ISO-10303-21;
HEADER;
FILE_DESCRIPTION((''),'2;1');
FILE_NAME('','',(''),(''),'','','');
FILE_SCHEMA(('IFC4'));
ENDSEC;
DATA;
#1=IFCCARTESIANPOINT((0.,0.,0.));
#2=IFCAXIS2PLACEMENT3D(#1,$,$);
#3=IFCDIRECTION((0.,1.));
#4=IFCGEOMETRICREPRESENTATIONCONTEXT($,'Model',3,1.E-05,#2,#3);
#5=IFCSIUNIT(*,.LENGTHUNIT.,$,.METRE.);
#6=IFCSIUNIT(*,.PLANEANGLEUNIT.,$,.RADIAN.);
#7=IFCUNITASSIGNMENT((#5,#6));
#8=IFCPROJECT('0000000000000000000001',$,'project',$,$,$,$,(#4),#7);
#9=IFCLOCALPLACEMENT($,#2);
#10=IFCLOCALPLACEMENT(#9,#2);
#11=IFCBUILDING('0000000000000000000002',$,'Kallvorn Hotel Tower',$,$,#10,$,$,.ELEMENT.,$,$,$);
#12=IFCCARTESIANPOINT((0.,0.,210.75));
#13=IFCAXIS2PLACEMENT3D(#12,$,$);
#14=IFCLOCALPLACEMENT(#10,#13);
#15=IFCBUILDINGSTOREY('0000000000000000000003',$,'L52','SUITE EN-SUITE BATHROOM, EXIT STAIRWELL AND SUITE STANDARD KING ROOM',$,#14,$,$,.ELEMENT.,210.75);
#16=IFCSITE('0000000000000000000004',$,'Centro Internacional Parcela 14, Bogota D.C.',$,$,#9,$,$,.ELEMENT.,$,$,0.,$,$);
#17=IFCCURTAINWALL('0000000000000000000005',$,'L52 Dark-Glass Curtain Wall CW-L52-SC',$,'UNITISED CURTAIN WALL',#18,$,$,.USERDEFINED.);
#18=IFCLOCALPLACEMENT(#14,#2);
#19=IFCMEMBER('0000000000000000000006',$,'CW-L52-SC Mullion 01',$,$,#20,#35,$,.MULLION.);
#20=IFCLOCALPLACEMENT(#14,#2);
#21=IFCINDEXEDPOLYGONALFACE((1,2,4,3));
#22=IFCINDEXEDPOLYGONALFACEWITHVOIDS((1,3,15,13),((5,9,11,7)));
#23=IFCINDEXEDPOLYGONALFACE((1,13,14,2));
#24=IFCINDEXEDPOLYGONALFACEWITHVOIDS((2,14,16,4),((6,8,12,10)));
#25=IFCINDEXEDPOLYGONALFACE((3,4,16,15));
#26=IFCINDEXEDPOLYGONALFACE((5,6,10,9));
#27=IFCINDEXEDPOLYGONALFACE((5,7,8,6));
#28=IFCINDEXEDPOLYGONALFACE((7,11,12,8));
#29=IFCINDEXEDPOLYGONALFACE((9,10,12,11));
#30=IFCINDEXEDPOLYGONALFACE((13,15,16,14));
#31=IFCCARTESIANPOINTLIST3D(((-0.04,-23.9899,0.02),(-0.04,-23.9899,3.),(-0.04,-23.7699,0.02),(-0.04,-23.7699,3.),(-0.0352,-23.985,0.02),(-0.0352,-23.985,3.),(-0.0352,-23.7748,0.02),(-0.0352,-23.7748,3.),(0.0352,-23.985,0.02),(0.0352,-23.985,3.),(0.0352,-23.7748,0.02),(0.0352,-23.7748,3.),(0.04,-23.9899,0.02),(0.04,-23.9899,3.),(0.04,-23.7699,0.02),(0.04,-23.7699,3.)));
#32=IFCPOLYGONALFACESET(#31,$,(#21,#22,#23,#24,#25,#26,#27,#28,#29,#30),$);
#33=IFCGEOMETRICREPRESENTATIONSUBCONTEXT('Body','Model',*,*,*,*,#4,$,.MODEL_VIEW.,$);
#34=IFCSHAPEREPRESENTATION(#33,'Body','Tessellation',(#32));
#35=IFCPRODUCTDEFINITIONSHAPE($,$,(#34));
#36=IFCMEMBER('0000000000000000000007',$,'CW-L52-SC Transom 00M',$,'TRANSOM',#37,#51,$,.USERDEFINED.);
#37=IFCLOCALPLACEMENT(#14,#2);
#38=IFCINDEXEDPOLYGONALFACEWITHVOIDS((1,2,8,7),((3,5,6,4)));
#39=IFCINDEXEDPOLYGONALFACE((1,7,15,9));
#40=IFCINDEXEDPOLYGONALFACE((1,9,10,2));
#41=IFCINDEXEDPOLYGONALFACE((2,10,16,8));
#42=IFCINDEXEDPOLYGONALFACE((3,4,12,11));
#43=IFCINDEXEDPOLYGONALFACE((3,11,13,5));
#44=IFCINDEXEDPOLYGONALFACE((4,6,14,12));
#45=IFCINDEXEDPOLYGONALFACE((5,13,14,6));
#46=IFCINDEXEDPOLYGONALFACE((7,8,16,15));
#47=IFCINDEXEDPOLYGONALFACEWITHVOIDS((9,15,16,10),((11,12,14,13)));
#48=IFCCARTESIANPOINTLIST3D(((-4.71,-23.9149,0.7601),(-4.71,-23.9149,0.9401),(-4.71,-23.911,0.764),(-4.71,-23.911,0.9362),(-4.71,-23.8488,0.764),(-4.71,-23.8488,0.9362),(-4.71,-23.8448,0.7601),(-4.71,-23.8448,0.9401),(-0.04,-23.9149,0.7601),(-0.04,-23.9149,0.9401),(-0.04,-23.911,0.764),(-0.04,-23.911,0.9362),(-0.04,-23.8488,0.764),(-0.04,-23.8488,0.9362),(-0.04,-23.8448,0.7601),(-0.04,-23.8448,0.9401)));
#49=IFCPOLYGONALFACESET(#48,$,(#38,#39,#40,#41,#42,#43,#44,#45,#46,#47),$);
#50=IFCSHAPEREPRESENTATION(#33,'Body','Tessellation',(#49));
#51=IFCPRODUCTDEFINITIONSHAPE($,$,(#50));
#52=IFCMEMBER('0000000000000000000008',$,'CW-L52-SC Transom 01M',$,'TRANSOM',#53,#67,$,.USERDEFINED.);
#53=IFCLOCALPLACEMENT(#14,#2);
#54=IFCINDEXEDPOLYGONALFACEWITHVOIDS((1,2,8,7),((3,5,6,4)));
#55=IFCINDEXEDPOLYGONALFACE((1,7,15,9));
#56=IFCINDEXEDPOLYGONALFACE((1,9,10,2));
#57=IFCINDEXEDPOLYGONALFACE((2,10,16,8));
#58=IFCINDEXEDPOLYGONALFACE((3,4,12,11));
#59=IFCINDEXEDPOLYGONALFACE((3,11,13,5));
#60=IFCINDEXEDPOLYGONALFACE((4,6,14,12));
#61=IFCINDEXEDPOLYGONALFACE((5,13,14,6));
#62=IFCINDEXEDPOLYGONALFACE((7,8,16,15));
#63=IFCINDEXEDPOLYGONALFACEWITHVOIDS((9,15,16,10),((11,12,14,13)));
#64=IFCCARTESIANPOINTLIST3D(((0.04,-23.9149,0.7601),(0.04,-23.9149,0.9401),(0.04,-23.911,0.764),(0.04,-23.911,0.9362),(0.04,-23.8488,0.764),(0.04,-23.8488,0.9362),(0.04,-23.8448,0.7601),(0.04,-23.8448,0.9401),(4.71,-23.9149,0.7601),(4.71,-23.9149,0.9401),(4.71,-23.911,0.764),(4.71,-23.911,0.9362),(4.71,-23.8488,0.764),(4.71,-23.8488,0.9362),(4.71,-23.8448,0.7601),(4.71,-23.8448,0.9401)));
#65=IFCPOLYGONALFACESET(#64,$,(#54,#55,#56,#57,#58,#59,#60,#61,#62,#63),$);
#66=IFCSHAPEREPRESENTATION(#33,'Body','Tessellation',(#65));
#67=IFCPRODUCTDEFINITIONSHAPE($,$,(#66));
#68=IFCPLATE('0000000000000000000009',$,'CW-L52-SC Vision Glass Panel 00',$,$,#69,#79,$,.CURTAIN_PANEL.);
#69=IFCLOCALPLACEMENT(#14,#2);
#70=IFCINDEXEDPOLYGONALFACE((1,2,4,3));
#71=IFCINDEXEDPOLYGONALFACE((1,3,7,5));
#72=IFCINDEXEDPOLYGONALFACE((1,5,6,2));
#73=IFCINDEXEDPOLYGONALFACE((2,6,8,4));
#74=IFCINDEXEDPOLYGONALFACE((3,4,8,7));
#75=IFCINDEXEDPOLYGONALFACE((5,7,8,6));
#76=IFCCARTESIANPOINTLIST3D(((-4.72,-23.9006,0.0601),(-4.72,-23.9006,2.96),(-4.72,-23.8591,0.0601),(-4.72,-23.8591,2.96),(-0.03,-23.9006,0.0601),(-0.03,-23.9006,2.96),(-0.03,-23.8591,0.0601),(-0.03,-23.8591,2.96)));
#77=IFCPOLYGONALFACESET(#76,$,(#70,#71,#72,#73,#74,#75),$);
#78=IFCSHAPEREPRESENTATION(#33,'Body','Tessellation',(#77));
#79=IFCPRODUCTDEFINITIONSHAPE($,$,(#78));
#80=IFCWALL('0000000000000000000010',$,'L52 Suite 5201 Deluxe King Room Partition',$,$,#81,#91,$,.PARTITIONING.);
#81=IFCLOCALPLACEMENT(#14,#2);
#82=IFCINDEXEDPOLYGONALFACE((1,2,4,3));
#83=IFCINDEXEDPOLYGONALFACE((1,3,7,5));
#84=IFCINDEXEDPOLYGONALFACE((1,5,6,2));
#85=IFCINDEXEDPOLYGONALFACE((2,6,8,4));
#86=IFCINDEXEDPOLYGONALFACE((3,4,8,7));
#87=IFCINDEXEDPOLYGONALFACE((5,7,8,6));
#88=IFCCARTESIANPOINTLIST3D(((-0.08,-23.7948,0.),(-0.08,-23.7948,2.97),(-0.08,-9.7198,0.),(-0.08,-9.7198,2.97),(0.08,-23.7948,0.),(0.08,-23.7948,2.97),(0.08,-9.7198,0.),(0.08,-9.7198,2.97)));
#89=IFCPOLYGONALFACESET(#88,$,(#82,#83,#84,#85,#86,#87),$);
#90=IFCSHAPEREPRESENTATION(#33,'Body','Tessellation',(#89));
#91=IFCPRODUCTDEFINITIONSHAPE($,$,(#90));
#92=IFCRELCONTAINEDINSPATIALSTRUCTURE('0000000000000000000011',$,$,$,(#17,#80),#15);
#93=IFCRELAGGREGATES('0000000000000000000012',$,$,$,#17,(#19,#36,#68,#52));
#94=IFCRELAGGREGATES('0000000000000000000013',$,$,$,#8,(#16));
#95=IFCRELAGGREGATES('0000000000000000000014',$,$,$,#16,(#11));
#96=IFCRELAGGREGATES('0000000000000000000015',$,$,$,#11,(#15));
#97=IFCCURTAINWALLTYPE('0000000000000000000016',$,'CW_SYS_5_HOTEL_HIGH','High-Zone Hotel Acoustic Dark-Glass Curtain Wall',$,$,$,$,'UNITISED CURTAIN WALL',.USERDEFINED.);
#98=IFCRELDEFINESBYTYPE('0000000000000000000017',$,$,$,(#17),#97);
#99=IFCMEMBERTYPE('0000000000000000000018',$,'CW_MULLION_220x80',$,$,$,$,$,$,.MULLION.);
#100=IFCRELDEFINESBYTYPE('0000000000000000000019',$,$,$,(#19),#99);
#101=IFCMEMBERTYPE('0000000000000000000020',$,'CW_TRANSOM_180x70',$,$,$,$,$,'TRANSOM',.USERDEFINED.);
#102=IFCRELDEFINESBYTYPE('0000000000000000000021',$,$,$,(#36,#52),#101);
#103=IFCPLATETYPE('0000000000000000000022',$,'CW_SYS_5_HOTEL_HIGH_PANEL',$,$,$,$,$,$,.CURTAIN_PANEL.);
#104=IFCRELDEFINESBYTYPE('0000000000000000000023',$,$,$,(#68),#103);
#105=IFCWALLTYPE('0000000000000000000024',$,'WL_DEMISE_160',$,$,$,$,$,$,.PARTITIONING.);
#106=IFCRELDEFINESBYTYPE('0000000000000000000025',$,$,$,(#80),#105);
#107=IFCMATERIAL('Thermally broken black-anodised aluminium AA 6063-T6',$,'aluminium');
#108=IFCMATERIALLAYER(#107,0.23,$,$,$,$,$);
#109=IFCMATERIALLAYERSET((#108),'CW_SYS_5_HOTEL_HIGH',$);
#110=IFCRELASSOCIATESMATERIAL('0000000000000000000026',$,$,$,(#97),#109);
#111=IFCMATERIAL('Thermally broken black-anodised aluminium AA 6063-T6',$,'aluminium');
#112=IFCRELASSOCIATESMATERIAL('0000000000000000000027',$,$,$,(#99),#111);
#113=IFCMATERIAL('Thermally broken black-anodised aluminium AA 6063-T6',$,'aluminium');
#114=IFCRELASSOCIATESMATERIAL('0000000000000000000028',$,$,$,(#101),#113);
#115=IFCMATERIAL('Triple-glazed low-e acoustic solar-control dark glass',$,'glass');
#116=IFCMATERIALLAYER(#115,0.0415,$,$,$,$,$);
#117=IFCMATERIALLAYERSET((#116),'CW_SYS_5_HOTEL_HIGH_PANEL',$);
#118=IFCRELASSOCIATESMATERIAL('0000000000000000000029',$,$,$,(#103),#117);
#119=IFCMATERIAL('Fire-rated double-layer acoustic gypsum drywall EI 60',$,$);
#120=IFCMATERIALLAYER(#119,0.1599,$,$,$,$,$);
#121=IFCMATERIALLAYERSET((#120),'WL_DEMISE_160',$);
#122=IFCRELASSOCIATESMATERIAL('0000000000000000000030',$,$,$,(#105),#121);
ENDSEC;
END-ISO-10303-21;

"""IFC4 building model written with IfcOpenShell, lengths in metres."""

from ifc_helpers import new_model, si_unit, direction, frame, frame_2d, origin, origin_2d, place, context, subcontext, project, spatial, rectangle, hollow_rectangle, extrude, material, layer, layer_set, material_profile, profile_set, type_object, element, aggregate, save


model = new_model("IFC4")

# Units and contexts
model_context = context("Model", 3, precision=1e-05, world=origin(), true_north=direction((0.0, 1.0)))
body_context = subcontext(model_context, "Body", "Model", "MODEL_VIEW")
ifc_project = project(units=[si_unit("LENGTHUNIT", "METRE"), si_unit("PLANEANGLEUNIT", "RADIAN")], contexts=[model_context])

# Site, building, storey
site_placement = place(None, origin())
site = spatial("IfcSite", under=ifc_project, at=site_placement, Name="Centro Internacional Parcela 14, Bogota D.C.", CompositionType="ELEMENT", RefElevation=0.0)
building_placement = place(site_placement, origin())
building = spatial("IfcBuilding", under=site, at=building_placement, Name="Kallvorn Hotel Tower", CompositionType="ELEMENT")
storey_placement = place(building_placement, frame((0.0, 0.0, 210.75)))
storey = spatial("IfcBuildingStorey", under=building, at=storey_placement, Name="L52", Description="SUITE EN-SUITE BATHROOM, EXIT STAIRWELL AND SUITE STANDARD KING ROOM", CompositionType="ELEMENT", Elevation=210.75)

# Curtain wall, members, plate
ifc_material_1 = material(Name="Thermally broken black-anodised aluminium AA 6063-T6", Category="aluminium")
ifc_layer_1 = layer(ifc_material_1, 0.23)
ifc_layer_set_1 = layer_set([ifc_layer_1], Name="CW_SYS_5_HOTEL_HIGH")
curtain_wall_type = type_object("IfcCurtainWallType", Name="CW_SYS_5_HOTEL_HIGH", Description="High-Zone Hotel Acoustic Dark-Glass Curtain Wall", ElementType="UNITISED CURTAIN WALL", PredefinedType="USERDEFINED", material=ifc_layer_set_1)
curtain_wall_placement = place(storey_placement, origin())
curtain_wall = element("IfcCurtainWall", 1, at=curtain_wall_placement, inside=storey, type_object=curtain_wall_type, Name="L52 Dark-Glass Curtain Wall CW-L52-SC", ObjectType="UNITISED CURTAIN WALL", PredefinedType="USERDEFINED")
ifc_material_2 = material(Name="Thermally broken black-anodised aluminium AA 6063-T6", Category="aluminium")
ifc_material_profile_1 = material_profile(ifc_material_2, hollow_rectangle(XDim=0.0801, YDim=0.22, WallThickness=0.0049, at=origin_2d()), Name="MUL 220x80")
ifc_profile_set_1 = profile_set([ifc_material_profile_1], Name="Thermally broken black-anodised aluminium AA 6063-T6")
member_type_1 = type_object("IfcMemberType", Name="CW_MULLION_220x80", PredefinedType="MULLION", material=ifc_profile_set_1)
member_1_placement = place(storey_placement, frame((0.0, -23.8799, 0.02), z_axis=(0.0, 0.0, 1.0), x_axis=(1.0, 0.0, 0.0)))
member_1 = element("IfcMember", 2, at=member_1_placement, type_object=member_type_1, Name="CW-L52-SC Mullion 01", PredefinedType="MULLION", context=body_context, shape_type="SweptSolid", body=[
    extrude(hollow_rectangle(XDim=0.0801, YDim=0.22, WallThickness=0.0049, at=origin_2d()), origin(), (0.0, 0.0, 1.0), 2.98),
])
ifc_material_3 = material(Name="Thermally broken black-anodised aluminium AA 6063-T6", Category="aluminium")
ifc_material_profile_2 = material_profile(ifc_material_3, hollow_rectangle(XDim=0.0701, YDim=0.1799, WallThickness=0.0039, at=origin_2d()), Name="TRN 180x70")
ifc_profile_set_2 = profile_set([ifc_material_profile_2], Name="Thermally broken black-anodised aluminium AA 6063-T6")
member_type_2 = type_object("IfcMemberType", Name="CW_TRANSOM_180x70", ElementType="TRANSOM", PredefinedType="USERDEFINED", material=ifc_profile_set_2)
member_2_placement = place(storey_placement, frame((-4.71, -23.8799, 0.8501), z_axis=(1.0, 0.0, 0.0), x_axis=(0.0, 1.0, 0.0)))
member_2 = element("IfcMember", 3, at=member_2_placement, type_object=member_type_2, Name="CW-L52-SC Transom 00M", ObjectType="TRANSOM", PredefinedType="USERDEFINED", context=body_context, shape_type="SweptSolid", body=[
    extrude(hollow_rectangle(XDim=0.0701, YDim=0.1799, WallThickness=0.0039, at=origin_2d()), origin(), (0.0, 0.0, 1.0), 4.6699),
])
member_3_placement = place(storey_placement, frame((0.04, -23.8799, 0.8501), z_axis=(1.0, 0.0, 0.0), x_axis=(0.0, 1.0, 0.0)))
member_3 = element("IfcMember", 4, at=member_3_placement, type_object=member_type_2, Name="CW-L52-SC Transom 01M", ObjectType="TRANSOM", PredefinedType="USERDEFINED", context=body_context, shape_type="SweptSolid", body=[
    extrude(hollow_rectangle(XDim=0.0701, YDim=0.1799, WallThickness=0.0039, at=origin_2d()), origin(), (0.0, 0.0, 1.0), 4.6699),
])
ifc_material_4 = material(Name="Triple-glazed low-e acoustic solar-control dark glass", Category="glass")
ifc_layer_2 = layer(ifc_material_4, 0.0415)
ifc_layer_set_2 = layer_set([ifc_layer_2], Name="CW_SYS_5_HOTEL_HIGH_PANEL")
plate_type = type_object("IfcPlateType", Name="CW_SYS_5_HOTEL_HIGH_PANEL", PredefinedType="CURTAIN_PANEL", material=ifc_layer_set_2)
plate_placement = place(storey_placement, frame((-2.375, -23.8799, 0.0601), z_axis=(0.0, 0.0, 1.0), x_axis=(1.0, 0.0, 0.0)))
plate = element("IfcPlate", 5, at=plate_placement, type_object=plate_type, Name="CW-L52-SC Vision Glass Panel 00", PredefinedType="CURTAIN_PANEL", context=body_context, shape_type="SweptSolid", body=[
    extrude(rectangle(XDim=4.6899, YDim=0.0415, at=origin_2d()), origin(), (0.0, 0.0, 1.0), 2.8999),
])
aggregate(curtain_wall, [member_1, member_2, plate, member_3])

# Wall
ifc_material_5 = material(Name="Fire-rated double-layer acoustic gypsum drywall EI 60")
ifc_layer_3 = layer(ifc_material_5, 0.1599)
ifc_layer_set_3 = layer_set([ifc_layer_3], Name="WL_DEMISE_160")
wall_type = type_object("IfcWallType", Name="WL_DEMISE_160", PredefinedType="PARTITIONING", material=ifc_layer_set_3)
wall_placement = place(storey_placement, frame((0.0, -23.7949, 0.0), z_axis=(0.0, 0.0, 1.0), x_axis=(0.0, 1.0, 0.0)))
element("IfcWall", 6, at=wall_placement, inside=storey, type_object=wall_type, Name="L52 Suite 5201 Deluxe King Room Partition", PredefinedType="PARTITIONING", context=body_context, shape_type="SweptSolid", body=[
    extrude(rectangle(XDim=14.075, YDim=0.1599, at=frame_2d((7.0376, 0.0))), origin(), (0.0, 0.0, 1.0), 2.97),
])

save(model, "model.ifc")
